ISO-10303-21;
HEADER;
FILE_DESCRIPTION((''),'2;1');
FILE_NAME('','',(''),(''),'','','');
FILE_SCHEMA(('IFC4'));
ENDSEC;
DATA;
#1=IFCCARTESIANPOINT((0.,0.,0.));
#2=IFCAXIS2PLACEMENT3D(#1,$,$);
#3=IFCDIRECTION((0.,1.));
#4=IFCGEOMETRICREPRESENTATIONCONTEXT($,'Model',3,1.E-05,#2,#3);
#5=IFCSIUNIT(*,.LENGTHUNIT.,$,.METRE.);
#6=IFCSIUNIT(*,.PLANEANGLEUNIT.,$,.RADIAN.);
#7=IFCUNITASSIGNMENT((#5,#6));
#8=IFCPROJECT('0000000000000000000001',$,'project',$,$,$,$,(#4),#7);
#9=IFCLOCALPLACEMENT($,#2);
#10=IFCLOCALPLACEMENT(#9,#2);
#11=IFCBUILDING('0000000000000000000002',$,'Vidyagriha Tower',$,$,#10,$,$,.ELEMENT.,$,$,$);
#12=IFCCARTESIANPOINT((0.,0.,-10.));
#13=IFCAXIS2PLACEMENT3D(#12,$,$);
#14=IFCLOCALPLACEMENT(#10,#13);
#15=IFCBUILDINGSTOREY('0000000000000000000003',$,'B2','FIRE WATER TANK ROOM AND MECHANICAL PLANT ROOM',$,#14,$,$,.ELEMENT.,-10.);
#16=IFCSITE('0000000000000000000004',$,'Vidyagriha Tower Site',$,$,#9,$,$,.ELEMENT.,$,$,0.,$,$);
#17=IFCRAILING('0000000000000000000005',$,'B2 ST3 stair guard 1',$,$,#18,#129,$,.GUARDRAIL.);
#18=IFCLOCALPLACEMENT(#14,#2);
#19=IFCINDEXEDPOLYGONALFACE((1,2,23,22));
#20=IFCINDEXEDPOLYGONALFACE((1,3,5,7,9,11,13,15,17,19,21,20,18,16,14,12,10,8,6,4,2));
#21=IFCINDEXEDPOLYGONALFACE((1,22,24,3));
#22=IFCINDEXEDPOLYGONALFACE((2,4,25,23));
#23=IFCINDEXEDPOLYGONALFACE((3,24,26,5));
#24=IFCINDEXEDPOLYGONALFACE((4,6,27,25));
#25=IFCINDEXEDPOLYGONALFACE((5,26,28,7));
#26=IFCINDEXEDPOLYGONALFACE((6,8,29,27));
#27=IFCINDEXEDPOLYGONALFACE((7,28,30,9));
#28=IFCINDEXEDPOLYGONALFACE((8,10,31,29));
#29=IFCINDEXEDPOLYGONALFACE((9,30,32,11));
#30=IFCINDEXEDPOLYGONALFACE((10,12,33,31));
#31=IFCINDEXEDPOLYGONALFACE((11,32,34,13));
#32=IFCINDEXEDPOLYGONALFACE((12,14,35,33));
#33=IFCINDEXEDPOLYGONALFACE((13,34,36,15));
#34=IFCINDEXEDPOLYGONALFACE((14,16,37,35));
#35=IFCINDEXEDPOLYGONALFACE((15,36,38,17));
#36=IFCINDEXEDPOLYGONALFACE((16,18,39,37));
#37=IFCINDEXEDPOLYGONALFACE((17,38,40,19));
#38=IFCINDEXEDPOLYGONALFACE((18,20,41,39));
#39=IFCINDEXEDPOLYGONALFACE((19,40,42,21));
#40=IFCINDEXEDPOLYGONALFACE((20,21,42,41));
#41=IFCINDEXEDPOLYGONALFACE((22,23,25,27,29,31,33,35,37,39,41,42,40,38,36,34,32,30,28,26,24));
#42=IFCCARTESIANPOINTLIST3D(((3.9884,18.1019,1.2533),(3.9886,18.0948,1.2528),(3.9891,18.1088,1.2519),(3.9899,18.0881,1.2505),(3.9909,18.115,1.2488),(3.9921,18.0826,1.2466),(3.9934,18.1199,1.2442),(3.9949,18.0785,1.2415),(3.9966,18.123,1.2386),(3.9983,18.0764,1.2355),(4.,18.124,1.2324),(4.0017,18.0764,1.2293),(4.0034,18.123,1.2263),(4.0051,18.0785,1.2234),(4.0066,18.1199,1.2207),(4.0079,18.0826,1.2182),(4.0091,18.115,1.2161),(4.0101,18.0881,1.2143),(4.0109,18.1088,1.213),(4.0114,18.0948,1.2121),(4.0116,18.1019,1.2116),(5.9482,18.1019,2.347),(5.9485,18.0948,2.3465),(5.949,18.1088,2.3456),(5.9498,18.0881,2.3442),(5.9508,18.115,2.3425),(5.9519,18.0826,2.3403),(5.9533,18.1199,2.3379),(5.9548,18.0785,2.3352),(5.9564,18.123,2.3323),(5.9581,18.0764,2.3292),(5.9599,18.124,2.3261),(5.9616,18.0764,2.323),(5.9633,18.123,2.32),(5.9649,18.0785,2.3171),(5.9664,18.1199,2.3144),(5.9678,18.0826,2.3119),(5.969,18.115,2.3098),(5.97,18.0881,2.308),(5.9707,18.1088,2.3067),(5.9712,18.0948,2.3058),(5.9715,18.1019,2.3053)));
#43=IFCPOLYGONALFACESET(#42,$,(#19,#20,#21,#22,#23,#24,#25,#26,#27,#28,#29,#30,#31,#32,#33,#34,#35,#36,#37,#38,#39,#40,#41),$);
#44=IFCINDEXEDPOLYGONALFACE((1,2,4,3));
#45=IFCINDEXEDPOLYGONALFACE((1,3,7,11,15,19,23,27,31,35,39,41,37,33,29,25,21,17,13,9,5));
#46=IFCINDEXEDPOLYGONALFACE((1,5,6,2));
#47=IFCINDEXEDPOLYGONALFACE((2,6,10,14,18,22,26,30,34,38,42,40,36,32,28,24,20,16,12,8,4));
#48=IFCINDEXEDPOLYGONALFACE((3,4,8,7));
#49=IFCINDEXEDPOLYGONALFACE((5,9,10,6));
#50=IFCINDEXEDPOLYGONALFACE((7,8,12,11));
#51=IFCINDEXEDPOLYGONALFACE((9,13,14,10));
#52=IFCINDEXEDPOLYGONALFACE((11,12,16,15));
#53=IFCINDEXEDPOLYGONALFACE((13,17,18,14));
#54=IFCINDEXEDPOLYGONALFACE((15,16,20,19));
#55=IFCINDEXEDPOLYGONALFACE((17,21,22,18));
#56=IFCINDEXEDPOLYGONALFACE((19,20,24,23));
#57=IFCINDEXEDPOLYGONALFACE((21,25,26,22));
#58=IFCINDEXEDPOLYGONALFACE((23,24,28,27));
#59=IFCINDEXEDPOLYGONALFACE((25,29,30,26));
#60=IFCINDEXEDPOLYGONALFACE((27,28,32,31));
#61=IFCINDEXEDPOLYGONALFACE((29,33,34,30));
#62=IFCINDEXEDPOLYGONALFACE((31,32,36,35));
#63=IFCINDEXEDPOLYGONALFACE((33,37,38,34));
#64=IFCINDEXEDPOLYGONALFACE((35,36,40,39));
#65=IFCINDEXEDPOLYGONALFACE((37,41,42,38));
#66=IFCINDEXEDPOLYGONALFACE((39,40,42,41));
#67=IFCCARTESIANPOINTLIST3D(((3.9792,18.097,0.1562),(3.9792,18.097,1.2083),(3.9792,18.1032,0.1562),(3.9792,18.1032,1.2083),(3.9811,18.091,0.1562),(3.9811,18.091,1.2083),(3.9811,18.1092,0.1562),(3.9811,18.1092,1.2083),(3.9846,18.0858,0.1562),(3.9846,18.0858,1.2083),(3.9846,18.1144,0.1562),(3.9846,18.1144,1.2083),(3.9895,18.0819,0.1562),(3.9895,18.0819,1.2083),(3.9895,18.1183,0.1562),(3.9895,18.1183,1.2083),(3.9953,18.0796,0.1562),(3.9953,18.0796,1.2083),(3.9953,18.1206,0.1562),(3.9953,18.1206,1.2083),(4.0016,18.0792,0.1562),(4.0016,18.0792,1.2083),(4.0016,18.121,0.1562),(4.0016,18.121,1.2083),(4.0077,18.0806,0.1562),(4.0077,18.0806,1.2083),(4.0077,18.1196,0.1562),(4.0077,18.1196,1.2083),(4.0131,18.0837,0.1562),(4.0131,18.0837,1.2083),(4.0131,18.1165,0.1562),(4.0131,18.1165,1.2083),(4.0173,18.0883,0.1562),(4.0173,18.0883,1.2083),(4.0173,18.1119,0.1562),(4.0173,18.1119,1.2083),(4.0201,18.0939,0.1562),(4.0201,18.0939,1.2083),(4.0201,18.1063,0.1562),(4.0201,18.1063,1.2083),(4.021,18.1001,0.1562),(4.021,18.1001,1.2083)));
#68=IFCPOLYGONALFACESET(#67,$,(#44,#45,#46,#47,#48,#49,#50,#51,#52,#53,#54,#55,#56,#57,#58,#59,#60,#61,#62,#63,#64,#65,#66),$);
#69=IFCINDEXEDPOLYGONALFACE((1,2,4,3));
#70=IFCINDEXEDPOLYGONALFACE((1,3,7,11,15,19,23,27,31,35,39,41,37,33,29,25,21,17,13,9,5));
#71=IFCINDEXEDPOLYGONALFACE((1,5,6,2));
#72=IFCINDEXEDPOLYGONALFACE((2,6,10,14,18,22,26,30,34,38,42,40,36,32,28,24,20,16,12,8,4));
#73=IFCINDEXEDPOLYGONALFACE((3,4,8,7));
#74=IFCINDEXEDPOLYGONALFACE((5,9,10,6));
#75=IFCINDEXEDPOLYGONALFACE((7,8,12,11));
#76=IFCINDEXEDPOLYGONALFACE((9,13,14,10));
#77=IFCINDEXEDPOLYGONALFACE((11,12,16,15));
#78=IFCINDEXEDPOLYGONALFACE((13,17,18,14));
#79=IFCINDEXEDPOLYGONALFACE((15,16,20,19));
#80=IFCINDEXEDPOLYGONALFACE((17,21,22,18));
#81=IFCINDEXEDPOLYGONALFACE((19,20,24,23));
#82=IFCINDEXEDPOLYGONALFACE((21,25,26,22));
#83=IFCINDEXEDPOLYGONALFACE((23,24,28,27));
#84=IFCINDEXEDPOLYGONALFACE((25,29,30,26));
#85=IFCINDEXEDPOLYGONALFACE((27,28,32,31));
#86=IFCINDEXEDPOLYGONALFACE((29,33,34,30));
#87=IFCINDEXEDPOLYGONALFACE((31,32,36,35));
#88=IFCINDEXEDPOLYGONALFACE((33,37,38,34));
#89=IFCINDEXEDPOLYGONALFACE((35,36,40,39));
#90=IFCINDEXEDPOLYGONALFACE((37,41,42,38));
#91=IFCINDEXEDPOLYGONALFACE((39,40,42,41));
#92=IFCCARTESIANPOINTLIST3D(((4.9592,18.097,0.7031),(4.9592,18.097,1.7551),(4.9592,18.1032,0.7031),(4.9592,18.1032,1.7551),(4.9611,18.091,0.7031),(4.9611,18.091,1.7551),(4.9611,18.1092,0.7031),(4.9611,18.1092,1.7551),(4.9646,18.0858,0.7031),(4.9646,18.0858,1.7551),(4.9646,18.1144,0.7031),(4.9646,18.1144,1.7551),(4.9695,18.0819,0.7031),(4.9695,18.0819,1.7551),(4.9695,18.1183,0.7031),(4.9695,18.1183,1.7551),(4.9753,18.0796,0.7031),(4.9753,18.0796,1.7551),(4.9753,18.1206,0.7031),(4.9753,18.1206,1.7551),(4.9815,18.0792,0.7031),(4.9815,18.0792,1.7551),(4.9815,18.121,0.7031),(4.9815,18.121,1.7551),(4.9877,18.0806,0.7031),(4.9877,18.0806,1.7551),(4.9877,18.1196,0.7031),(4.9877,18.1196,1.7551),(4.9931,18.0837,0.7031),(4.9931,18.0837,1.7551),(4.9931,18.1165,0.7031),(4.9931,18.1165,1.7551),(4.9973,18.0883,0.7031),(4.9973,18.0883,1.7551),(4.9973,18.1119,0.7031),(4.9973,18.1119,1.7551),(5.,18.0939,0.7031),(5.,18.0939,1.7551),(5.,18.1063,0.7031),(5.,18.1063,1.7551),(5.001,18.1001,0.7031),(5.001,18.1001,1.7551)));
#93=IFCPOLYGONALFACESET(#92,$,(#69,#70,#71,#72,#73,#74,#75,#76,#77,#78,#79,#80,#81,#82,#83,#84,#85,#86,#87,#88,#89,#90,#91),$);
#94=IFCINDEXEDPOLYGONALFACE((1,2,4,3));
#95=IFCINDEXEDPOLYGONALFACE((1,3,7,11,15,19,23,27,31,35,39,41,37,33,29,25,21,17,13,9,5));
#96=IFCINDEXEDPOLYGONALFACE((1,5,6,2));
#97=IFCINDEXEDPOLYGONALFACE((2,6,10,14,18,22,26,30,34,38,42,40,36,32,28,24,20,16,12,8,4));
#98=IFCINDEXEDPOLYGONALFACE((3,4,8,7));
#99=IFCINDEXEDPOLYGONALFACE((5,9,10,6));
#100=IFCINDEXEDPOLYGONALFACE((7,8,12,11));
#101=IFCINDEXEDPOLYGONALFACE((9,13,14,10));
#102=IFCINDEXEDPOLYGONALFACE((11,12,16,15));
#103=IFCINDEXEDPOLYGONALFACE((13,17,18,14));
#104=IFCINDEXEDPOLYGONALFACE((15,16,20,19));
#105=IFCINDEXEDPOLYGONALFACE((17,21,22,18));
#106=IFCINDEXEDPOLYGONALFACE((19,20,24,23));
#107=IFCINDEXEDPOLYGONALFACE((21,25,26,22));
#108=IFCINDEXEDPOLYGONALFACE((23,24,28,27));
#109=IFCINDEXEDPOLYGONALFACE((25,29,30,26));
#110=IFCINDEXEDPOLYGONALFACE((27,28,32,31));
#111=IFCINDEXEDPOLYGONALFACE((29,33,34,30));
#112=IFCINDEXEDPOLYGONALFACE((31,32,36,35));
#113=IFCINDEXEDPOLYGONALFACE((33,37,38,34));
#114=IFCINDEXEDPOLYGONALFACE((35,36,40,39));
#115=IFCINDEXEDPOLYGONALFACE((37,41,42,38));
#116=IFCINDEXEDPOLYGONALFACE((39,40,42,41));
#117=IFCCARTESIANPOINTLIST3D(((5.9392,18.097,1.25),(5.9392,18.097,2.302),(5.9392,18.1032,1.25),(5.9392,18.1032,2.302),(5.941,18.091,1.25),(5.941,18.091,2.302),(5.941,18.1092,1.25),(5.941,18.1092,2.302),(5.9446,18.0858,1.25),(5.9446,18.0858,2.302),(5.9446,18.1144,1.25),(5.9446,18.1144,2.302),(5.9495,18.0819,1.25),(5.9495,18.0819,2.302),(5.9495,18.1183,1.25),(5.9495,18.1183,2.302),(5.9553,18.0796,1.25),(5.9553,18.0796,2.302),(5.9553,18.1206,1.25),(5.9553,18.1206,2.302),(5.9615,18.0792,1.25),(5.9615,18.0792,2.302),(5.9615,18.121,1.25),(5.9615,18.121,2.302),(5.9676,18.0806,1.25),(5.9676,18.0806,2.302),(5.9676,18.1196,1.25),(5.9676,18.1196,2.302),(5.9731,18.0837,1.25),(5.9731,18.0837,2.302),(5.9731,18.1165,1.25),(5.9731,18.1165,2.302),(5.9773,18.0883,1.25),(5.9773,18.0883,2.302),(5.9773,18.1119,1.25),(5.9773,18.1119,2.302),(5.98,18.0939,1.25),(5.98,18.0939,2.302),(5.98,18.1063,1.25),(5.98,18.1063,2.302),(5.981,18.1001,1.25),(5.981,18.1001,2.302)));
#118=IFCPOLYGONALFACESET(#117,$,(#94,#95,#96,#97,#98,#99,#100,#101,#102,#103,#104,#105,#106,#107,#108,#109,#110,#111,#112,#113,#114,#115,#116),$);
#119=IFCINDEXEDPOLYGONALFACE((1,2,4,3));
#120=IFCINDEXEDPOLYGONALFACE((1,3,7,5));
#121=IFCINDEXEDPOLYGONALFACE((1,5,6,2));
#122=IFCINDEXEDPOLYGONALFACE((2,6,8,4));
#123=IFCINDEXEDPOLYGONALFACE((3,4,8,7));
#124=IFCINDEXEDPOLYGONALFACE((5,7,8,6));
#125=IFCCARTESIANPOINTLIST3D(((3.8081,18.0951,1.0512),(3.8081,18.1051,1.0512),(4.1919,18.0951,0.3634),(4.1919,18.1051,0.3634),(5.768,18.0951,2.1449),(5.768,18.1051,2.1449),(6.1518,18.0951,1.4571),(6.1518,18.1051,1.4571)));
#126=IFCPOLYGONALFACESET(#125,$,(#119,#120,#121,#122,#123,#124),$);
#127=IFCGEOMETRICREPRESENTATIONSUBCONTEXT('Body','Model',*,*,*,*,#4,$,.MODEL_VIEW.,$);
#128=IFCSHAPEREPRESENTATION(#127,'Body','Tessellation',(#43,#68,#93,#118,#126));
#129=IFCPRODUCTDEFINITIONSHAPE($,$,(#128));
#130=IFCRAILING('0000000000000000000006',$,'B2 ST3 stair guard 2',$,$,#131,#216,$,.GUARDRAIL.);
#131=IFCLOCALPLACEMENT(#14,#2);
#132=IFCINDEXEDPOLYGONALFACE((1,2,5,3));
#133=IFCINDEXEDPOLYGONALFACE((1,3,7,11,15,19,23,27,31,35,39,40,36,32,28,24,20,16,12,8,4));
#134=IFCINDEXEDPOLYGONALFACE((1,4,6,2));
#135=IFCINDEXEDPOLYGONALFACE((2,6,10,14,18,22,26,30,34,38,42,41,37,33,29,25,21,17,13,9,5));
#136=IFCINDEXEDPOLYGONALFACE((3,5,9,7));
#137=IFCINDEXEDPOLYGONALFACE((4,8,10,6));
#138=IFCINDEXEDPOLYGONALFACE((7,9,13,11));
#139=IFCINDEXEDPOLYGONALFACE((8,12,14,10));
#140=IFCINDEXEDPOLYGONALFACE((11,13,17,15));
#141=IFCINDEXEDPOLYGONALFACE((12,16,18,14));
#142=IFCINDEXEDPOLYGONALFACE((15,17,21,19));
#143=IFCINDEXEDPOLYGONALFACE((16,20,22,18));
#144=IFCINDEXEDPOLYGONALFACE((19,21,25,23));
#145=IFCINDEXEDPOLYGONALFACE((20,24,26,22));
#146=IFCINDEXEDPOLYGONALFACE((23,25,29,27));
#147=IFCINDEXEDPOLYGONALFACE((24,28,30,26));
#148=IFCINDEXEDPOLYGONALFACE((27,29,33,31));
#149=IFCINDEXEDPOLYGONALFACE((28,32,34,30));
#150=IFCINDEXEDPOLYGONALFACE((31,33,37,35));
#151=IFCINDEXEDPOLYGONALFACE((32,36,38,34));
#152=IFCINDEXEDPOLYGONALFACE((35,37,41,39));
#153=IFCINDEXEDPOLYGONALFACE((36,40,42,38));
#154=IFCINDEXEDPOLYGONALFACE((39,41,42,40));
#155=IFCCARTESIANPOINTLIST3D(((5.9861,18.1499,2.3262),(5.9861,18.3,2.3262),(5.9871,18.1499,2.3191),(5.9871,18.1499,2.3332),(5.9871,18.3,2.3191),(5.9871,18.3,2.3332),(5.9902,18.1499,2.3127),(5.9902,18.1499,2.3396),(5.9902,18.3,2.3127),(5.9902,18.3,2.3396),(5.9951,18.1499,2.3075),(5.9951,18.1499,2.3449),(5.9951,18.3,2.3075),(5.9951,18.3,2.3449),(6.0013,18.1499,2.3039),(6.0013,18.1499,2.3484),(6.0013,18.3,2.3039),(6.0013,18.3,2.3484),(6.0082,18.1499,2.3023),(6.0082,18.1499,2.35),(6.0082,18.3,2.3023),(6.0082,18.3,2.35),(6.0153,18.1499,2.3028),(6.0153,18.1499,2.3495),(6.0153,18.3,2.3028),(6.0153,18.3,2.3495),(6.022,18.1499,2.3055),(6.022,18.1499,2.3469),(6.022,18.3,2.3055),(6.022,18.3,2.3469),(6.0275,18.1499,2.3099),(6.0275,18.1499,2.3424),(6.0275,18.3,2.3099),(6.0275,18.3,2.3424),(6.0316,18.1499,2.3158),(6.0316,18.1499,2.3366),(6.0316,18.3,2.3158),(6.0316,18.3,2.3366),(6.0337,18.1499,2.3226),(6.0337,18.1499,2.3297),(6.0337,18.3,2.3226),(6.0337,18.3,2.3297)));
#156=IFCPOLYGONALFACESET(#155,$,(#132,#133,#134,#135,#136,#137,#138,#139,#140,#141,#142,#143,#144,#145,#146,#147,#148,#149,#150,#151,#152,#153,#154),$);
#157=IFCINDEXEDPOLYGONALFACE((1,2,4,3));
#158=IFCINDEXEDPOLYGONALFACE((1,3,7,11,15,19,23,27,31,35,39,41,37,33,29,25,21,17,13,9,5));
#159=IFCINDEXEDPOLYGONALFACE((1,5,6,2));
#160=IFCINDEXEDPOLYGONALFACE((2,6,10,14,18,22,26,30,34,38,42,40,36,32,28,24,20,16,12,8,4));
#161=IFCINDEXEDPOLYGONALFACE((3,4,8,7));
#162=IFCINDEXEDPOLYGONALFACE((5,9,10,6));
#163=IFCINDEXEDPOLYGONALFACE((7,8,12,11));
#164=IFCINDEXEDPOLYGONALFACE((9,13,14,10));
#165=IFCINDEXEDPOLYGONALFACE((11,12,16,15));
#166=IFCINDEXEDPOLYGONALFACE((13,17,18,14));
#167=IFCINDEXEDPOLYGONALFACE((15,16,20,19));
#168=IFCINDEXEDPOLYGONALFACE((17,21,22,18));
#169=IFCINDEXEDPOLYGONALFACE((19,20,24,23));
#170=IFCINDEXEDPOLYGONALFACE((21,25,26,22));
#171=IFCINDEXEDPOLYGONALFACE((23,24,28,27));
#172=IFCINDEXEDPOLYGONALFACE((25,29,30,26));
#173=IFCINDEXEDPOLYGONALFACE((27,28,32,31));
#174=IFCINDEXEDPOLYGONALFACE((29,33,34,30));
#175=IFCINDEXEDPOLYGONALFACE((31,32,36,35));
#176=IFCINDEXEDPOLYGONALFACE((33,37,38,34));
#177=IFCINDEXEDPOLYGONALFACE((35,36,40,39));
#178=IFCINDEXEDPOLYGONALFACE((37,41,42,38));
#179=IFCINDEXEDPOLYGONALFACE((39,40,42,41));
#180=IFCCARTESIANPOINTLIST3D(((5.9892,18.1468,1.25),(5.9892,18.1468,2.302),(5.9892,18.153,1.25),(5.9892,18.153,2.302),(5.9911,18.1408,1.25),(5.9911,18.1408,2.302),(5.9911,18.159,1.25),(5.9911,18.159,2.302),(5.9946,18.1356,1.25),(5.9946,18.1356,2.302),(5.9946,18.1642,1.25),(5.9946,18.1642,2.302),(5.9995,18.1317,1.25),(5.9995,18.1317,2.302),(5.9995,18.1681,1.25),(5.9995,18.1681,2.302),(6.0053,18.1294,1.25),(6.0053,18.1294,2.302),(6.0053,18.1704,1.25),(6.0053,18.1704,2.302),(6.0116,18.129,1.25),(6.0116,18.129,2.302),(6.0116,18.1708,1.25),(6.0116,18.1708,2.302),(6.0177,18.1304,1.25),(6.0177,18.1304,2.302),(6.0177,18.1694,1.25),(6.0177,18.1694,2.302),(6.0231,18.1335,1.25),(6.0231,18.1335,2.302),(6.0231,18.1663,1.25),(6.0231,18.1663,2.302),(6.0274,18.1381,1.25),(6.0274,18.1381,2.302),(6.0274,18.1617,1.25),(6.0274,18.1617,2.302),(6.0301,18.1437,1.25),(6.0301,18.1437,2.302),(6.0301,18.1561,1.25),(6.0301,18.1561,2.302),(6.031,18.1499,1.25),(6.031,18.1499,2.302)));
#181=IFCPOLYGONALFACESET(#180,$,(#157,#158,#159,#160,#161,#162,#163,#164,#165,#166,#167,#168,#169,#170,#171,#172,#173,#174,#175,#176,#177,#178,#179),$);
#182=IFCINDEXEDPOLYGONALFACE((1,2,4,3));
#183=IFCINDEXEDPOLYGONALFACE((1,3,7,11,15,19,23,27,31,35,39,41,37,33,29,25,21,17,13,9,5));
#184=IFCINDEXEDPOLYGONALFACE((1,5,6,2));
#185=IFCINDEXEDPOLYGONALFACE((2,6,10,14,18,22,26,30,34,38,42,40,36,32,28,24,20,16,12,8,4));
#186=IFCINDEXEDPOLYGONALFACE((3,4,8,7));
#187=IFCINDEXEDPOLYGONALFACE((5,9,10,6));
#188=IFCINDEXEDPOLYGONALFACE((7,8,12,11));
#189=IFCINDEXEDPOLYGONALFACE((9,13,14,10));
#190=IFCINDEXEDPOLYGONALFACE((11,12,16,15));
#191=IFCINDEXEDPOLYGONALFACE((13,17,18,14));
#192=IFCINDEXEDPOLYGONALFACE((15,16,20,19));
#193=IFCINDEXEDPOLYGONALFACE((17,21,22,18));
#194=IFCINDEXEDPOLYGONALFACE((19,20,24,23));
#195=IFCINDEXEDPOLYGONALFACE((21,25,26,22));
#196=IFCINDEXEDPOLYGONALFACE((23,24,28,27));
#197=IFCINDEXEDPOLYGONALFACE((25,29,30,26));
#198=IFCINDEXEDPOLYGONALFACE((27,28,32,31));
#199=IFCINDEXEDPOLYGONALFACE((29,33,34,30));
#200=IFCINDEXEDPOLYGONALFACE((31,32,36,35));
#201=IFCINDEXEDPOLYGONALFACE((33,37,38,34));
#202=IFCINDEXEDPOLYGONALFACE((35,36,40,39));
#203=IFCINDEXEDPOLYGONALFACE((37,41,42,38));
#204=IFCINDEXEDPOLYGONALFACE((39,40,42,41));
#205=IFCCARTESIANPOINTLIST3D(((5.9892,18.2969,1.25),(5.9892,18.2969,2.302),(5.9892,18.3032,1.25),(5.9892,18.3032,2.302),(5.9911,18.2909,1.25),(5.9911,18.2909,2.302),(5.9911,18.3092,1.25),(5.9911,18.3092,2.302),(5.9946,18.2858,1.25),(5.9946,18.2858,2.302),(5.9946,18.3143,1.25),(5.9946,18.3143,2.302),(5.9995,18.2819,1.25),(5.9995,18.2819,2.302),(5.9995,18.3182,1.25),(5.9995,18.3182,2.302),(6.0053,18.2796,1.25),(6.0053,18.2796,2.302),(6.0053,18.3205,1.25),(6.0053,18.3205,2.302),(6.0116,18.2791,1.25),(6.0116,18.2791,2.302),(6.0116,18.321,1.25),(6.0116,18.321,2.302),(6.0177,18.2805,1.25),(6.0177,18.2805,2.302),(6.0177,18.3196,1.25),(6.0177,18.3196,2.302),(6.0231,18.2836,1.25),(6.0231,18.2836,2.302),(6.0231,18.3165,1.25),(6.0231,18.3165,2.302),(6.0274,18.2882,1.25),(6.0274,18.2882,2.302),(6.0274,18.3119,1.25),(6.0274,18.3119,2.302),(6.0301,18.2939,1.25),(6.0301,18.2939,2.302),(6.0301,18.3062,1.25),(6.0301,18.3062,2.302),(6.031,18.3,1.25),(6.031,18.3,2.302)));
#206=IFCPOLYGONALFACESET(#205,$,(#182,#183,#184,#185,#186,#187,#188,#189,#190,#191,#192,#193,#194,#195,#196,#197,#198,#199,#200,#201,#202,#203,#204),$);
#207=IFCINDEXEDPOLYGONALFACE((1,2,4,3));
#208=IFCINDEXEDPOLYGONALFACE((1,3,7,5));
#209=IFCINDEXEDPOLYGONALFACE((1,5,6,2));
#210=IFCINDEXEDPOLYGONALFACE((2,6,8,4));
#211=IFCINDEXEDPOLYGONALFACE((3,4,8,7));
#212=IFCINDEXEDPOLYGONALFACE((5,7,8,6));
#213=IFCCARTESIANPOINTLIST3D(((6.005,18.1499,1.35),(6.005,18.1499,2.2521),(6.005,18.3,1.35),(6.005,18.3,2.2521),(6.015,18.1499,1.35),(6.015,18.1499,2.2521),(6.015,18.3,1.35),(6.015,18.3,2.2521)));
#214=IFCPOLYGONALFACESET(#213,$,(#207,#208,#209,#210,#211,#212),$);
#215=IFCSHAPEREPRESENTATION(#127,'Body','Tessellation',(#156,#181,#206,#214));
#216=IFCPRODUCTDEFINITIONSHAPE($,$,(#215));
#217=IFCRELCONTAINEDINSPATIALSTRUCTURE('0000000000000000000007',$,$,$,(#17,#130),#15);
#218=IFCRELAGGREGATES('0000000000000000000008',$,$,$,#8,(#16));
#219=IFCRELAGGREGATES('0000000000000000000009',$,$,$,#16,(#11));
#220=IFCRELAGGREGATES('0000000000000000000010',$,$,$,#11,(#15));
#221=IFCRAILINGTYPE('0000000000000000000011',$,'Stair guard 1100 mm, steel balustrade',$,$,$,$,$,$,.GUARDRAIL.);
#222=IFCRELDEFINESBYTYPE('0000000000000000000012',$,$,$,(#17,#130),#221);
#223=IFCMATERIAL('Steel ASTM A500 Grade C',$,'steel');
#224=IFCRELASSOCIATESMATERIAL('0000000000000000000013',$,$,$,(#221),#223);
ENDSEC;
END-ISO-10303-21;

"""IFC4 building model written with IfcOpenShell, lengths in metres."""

from ifc_helpers import new_model, si_unit, direction, frame, origin, origin_2d, place, context, subcontext, project, spatial, rectangle, circle, extrude, material, type_object, element, save


model = new_model("IFC4")

# Units and contexts
model_context = context("Model", 3, precision=1e-05, world=origin(), true_north=direction((0.0, 1.0)))
body_context = subcontext(model_context, "Body", "Model", "MODEL_VIEW")
ifc_project = project(units=[si_unit("LENGTHUNIT", "METRE"), si_unit("PLANEANGLEUNIT", "RADIAN")], contexts=[model_context])

# Site, building, storey
site_placement = place(None, origin())
site = spatial("IfcSite", under=ifc_project, at=site_placement, Name="Vidyagriha Tower Site", CompositionType="ELEMENT", RefElevation=0.0)
building_placement = place(site_placement, origin())
building = spatial("IfcBuilding", under=site, at=building_placement, Name="Vidyagriha Tower", CompositionType="ELEMENT")
storey_placement = place(building_placement, frame((0.0, 0.0, -10.0)))
storey = spatial("IfcBuildingStorey", under=building, at=storey_placement, Name="B2", Description="FIRE WATER TANK ROOM AND MECHANICAL PLANT ROOM", CompositionType="ELEMENT", Elevation=-10.0)

# Railings
ifc_material_1 = material(Name="Steel ASTM A500 Grade C", Category="steel")
railing_type_1 = type_object("IfcRailingType", Name="Stair guard 1100 mm, steel balustrade", PredefinedType="GUARDRAIL", material=ifc_material_1)
railing_1_placement = place(storey_placement, frame((4.0, 18.1001, 0.1562)))
element("IfcRailing", 1, at=railing_1_placement, inside=storey, type_object=railing_type_1, Name="B2 ST3 stair guard 1", PredefinedType="GUARDRAIL", context=body_context, shape_type="SweptSolid", body=[
    extrude(circle(Radius=0.0239, at=origin_2d()), frame((0.0, 0.0, 1.0762), z_axis=(0.873232, 0.0, 0.487304), x_axis=(0.0, 1.0, 0.0)), (0.0, 0.0, 1.0), 2.2444),
    extrude(circle(Radius=0.021, at=origin_2d()), origin(), (0.0, 0.0, 1.0), 1.052),
    extrude(circle(Radius=0.021, at=origin_2d()), frame((0.98, 0.0, 0.5469)), (0.0, 0.0, 1.0), 1.052),
    extrude(circle(Radius=0.021, at=origin_2d()), frame((1.96, 0.0, 1.0938)), (0.0, 0.0, 1.0), 1.052),
    extrude(rectangle(XDim=0.01, YDim=0.7876, at=origin_2d()), frame((0.0, 0.0, 0.551), z_axis=(0.873232, 0.0, 0.487304), x_axis=(0.0, 1.0, 0.0)), (0.0, 0.0, 1.0), 2.2444),
])
railing_2_placement = place(storey_placement, frame((6.01, 18.1499, 1.25)))
element("IfcRailing", 2, at=railing_2_placement, inside=storey, type_object=railing_type_1, Name="B2 ST3 stair guard 2", PredefinedType="GUARDRAIL", context=body_context, shape_type="SweptSolid", body=[
    extrude(circle(Radius=0.0239, at=origin_2d()), frame((0.0, 0.0, 1.0762), z_axis=(0.0, 1.0, 0.0), x_axis=(-1.0, 0.0, 0.0)), (0.0, 0.0, 1.0), 0.1501),
    extrude(circle(Radius=0.021, at=origin_2d()), origin(), (0.0, 0.0, 1.0), 1.052),
    extrude(circle(Radius=0.021, at=origin_2d()), frame((0.0, 0.1501, 0.0)), (0.0, 0.0, 1.0), 1.052),
    extrude(rectangle(XDim=0.01, YDim=0.9021, at=origin_2d()), frame((0.0, 0.0, 0.551), z_axis=(0.0, 1.0, 0.0), x_axis=(-1.0, 0.0, 0.0)), (0.0, 0.0, 1.0), 0.1501),
])

save(model, "model.ifc")
